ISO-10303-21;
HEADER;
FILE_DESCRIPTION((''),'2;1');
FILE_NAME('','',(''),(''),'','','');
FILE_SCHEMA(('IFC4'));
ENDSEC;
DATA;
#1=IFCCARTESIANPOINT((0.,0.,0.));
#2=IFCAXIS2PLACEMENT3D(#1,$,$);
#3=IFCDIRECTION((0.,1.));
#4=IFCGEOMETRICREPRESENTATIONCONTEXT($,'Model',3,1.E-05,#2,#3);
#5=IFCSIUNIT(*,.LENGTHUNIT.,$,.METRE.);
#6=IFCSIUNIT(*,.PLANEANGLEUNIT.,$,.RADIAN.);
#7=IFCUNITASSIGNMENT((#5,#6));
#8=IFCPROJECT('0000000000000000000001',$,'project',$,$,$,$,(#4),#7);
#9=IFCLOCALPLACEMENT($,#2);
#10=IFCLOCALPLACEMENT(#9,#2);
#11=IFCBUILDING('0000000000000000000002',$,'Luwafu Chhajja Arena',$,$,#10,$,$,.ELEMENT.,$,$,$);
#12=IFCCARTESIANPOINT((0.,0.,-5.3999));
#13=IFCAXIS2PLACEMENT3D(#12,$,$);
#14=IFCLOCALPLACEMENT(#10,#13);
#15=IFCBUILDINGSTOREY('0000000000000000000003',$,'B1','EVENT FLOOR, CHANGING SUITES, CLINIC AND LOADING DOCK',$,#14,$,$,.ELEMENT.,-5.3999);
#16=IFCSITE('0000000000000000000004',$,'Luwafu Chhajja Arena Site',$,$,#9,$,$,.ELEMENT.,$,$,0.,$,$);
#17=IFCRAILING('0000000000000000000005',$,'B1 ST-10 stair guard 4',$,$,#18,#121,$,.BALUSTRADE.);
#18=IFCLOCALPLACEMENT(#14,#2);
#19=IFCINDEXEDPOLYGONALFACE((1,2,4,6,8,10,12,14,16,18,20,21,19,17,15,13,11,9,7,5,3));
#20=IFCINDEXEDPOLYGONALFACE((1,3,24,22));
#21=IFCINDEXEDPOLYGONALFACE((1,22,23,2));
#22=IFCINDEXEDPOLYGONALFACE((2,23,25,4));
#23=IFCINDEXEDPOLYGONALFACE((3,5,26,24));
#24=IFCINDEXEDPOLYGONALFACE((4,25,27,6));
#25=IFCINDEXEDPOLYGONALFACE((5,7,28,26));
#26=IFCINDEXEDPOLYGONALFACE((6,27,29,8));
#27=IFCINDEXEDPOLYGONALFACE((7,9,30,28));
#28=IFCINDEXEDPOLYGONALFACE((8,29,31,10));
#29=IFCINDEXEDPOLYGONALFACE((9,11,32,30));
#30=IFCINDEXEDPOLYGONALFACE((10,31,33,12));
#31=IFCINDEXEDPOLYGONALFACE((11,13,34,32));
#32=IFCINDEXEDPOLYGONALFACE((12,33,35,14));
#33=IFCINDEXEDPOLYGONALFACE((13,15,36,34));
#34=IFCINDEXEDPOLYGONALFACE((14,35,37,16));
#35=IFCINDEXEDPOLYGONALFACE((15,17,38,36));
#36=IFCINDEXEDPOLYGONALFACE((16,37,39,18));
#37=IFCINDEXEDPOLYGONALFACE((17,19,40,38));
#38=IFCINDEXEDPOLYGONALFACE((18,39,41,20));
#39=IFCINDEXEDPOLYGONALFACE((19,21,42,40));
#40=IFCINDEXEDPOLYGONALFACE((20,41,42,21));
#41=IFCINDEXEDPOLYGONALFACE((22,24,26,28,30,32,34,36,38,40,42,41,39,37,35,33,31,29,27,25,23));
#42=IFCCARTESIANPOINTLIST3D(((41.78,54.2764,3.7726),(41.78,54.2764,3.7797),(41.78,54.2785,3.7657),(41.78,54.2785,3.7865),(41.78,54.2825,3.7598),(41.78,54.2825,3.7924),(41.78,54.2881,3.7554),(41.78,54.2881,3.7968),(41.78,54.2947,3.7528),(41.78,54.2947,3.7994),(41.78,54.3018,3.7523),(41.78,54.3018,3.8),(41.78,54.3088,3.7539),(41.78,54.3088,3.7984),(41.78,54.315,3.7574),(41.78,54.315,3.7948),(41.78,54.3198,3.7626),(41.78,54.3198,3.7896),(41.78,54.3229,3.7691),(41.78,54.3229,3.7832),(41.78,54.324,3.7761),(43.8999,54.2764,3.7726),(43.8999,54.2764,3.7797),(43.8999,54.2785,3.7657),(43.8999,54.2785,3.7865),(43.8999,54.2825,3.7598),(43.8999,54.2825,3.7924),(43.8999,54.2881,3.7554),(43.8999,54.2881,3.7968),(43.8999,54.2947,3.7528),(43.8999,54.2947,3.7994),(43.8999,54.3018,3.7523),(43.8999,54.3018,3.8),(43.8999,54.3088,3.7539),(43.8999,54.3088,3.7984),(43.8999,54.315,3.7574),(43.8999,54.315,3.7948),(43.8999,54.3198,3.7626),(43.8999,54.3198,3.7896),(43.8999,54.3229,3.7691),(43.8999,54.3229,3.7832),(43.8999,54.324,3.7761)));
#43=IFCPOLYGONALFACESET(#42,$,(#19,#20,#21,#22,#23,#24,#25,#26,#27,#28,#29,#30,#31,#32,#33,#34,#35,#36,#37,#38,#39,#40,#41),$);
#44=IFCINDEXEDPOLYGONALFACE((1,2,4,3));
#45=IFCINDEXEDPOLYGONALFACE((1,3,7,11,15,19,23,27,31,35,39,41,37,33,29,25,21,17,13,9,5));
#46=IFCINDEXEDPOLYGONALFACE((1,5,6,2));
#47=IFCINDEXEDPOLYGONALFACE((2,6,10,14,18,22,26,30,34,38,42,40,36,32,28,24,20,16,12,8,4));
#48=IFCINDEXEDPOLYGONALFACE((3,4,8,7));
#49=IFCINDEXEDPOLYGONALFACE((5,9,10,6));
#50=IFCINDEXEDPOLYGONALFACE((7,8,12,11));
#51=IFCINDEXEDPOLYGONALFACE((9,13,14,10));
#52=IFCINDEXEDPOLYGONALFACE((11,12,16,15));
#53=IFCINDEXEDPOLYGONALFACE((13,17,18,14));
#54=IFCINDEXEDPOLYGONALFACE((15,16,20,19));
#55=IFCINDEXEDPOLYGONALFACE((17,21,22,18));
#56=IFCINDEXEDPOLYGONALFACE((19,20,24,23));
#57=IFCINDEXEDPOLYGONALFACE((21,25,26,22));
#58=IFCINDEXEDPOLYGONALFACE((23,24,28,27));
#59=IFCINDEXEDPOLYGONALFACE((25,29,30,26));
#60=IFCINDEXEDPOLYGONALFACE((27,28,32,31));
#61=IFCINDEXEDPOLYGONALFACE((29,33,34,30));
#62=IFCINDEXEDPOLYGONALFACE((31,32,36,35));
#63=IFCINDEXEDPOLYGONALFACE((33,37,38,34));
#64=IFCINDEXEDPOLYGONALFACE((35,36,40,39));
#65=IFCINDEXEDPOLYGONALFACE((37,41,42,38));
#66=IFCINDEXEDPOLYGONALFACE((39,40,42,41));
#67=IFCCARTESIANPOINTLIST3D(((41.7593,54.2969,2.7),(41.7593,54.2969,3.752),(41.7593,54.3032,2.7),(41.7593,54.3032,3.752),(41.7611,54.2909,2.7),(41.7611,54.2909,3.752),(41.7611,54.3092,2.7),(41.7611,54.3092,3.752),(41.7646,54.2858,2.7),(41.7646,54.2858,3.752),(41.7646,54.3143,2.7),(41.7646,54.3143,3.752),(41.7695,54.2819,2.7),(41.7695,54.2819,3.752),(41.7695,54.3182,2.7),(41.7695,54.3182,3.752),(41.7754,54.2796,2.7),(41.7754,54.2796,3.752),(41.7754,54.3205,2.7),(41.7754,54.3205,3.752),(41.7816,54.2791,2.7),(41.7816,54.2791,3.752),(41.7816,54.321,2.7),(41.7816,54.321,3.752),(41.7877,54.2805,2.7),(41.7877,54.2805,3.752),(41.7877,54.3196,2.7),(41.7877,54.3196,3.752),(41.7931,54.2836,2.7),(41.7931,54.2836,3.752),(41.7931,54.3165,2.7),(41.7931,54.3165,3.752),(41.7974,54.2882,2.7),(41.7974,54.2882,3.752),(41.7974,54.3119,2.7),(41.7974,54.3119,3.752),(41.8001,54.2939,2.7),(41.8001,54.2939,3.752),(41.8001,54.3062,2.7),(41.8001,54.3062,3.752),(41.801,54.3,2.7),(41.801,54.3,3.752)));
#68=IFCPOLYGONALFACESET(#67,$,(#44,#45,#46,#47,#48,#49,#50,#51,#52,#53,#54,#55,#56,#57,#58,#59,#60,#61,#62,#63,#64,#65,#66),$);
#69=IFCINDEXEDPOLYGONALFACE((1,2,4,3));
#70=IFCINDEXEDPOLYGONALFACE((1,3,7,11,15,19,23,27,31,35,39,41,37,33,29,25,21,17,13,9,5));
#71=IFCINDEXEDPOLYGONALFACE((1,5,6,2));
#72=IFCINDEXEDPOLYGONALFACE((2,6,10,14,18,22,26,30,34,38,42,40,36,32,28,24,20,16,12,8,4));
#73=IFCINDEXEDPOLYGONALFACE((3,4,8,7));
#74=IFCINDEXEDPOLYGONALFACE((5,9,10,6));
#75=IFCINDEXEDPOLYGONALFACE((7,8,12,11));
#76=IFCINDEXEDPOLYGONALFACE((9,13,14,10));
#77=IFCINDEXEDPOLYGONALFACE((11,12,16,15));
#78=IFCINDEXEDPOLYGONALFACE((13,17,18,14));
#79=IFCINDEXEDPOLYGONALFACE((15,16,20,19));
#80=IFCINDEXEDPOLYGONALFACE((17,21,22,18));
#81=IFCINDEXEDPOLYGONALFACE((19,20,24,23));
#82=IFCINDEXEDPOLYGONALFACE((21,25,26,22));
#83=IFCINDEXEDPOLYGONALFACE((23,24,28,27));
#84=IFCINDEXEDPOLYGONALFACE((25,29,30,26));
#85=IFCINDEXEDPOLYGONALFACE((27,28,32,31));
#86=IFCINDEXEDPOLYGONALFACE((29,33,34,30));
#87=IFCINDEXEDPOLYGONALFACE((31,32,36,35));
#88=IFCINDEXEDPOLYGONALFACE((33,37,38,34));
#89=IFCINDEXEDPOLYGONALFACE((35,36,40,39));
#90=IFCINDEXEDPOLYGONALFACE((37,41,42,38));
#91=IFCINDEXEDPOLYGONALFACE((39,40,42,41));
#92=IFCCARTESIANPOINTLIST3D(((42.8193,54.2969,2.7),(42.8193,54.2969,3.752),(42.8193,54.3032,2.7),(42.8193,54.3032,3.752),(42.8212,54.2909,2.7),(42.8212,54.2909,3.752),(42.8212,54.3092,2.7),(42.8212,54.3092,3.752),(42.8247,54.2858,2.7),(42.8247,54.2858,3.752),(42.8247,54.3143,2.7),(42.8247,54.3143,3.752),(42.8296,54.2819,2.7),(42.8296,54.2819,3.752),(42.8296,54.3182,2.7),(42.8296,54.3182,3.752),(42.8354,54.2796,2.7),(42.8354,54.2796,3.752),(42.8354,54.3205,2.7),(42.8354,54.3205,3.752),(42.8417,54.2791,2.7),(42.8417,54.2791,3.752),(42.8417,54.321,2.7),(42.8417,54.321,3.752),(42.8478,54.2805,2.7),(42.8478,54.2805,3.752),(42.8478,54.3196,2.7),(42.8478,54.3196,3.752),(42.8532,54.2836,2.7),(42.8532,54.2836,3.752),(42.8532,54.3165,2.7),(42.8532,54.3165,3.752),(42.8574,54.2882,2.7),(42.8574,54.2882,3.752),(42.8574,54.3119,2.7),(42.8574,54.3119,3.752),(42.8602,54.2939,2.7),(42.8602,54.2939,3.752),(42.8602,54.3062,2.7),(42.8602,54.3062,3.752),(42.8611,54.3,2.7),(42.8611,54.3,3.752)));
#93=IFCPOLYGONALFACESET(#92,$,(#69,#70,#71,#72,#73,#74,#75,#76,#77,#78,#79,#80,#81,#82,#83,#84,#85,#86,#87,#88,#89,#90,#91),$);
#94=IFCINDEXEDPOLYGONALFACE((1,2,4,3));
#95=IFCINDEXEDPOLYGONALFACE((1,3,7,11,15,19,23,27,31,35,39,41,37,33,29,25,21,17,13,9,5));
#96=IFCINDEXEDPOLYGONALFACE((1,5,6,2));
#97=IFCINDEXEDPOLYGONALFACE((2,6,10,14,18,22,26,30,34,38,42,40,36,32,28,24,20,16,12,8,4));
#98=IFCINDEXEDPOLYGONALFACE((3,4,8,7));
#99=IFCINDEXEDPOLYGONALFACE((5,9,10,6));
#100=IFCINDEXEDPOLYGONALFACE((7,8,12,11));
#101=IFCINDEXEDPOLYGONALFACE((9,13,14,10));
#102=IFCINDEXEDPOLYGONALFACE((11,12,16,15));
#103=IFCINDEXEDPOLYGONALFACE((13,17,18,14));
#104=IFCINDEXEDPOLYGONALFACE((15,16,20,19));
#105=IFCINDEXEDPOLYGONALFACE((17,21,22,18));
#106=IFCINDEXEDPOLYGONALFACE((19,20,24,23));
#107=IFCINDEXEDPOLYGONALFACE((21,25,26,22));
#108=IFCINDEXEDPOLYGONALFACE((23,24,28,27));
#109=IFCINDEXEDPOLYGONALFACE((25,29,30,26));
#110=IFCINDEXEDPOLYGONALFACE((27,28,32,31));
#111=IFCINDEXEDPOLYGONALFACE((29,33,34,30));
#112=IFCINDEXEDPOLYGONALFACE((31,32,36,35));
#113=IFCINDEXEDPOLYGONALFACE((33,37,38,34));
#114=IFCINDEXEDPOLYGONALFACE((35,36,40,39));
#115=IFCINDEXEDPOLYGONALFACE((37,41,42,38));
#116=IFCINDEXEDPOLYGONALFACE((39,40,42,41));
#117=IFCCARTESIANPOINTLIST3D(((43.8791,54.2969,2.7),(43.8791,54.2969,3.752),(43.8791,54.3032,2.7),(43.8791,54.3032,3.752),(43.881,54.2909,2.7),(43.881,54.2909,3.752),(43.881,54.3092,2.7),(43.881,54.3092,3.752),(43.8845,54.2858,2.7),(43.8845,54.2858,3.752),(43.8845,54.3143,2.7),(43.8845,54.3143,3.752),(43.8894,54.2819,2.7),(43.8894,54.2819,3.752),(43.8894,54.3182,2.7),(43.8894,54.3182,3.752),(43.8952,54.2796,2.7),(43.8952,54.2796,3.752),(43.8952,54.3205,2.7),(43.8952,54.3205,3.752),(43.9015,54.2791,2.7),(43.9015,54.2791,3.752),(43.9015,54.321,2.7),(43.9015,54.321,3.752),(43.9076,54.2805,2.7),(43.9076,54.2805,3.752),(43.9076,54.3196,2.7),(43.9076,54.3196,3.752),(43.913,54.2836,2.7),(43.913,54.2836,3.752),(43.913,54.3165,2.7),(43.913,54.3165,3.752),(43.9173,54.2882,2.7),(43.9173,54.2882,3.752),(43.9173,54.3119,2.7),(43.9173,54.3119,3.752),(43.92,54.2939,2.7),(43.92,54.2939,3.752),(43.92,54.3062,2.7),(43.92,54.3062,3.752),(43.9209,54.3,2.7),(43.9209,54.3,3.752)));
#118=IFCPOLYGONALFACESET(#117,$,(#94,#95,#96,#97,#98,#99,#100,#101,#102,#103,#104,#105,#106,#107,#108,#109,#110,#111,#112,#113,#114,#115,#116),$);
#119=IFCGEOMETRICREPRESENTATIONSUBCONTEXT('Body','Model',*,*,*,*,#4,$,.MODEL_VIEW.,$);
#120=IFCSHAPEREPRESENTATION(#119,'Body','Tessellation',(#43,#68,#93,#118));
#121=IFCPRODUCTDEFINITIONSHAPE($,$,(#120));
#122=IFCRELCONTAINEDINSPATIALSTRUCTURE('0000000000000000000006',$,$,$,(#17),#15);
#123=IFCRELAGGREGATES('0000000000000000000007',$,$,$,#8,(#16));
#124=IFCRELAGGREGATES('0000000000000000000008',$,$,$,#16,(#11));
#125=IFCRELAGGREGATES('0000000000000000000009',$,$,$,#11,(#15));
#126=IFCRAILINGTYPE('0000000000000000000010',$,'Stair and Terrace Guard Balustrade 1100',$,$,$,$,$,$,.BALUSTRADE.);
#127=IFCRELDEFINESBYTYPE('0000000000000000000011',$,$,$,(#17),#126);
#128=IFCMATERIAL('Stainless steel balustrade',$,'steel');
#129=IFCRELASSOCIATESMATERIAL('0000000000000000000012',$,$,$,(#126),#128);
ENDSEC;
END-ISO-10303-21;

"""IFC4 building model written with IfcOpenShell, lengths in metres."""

from ifc_helpers import new_model, si_unit, direction, frame, origin, origin_2d, place, context, subcontext, project, spatial, circle, extrude, material, type_object, element, save


model = new_model("IFC4")

# Units and contexts
model_context = context("Model", 3, precision=1e-05, world=origin(), true_north=direction((0.0, 1.0)))
body_context = subcontext(model_context, "Body", "Model", "MODEL_VIEW")
ifc_project = project(units=[si_unit("LENGTHUNIT", "METRE"), si_unit("PLANEANGLEUNIT", "RADIAN")], contexts=[model_context])

# Site, building, storey
site_placement = place(None, origin())
site = spatial("IfcSite", under=ifc_project, at=site_placement, Name="Luwafu Chhajja Arena Site", CompositionType="ELEMENT", RefElevation=0.0)
building_placement = place(site_placement, origin())
building = spatial("IfcBuilding", under=site, at=building_placement, Name="Luwafu Chhajja Arena", CompositionType="ELEMENT")
storey_placement = place(building_placement, frame((0.0, 0.0, -5.3999)))
storey = spatial("IfcBuildingStorey", under=building, at=storey_placement, Name="B1", Description="EVENT FLOOR, CHANGING SUITES, CLINIC AND LOADING DOCK", CompositionType="ELEMENT", Elevation=-5.3999)

# Railing
ifc_material_1 = material(Name="Stainless steel balustrade", Category="steel")
railing_type_1 = type_object("IfcRailingType", Name="Stair and Terrace Guard Balustrade 1100", PredefinedType="BALUSTRADE", material=ifc_material_1)
for number, where, name in (
    (1, (41.78, 54.3, 2.7), "B1 ST-10 stair guard 4"),
):
    element("IfcRailing", number, at=place(storey_placement, frame(where)), inside=storey, type_object=railing_type_1, Name=name, PredefinedType="BALUSTRADE", context=body_context, shape_type="SweptSolid", body=[
        extrude(circle(Radius=0.0239, at=origin_2d()), frame((0.0, 0.0, 1.0762), z_axis=(1.0, 0.0, 0.0), x_axis=(0.0, 1.0, 0.0)), (0.0, 0.0, 1.0), 2.1199),
        extrude(circle(Radius=0.021, at=origin_2d()), origin(), (0.0, 0.0, 1.0), 1.052),
        extrude(circle(Radius=0.021, at=origin_2d()), frame((1.0601, 0.0, 0.0)), (0.0, 0.0, 1.0), 1.052),
        extrude(circle(Radius=0.021, at=origin_2d()), frame((2.1199, 0.0, 0.0)), (0.0, 0.0, 1.0), 1.052),
    ])

save(model, "model.ifc")
